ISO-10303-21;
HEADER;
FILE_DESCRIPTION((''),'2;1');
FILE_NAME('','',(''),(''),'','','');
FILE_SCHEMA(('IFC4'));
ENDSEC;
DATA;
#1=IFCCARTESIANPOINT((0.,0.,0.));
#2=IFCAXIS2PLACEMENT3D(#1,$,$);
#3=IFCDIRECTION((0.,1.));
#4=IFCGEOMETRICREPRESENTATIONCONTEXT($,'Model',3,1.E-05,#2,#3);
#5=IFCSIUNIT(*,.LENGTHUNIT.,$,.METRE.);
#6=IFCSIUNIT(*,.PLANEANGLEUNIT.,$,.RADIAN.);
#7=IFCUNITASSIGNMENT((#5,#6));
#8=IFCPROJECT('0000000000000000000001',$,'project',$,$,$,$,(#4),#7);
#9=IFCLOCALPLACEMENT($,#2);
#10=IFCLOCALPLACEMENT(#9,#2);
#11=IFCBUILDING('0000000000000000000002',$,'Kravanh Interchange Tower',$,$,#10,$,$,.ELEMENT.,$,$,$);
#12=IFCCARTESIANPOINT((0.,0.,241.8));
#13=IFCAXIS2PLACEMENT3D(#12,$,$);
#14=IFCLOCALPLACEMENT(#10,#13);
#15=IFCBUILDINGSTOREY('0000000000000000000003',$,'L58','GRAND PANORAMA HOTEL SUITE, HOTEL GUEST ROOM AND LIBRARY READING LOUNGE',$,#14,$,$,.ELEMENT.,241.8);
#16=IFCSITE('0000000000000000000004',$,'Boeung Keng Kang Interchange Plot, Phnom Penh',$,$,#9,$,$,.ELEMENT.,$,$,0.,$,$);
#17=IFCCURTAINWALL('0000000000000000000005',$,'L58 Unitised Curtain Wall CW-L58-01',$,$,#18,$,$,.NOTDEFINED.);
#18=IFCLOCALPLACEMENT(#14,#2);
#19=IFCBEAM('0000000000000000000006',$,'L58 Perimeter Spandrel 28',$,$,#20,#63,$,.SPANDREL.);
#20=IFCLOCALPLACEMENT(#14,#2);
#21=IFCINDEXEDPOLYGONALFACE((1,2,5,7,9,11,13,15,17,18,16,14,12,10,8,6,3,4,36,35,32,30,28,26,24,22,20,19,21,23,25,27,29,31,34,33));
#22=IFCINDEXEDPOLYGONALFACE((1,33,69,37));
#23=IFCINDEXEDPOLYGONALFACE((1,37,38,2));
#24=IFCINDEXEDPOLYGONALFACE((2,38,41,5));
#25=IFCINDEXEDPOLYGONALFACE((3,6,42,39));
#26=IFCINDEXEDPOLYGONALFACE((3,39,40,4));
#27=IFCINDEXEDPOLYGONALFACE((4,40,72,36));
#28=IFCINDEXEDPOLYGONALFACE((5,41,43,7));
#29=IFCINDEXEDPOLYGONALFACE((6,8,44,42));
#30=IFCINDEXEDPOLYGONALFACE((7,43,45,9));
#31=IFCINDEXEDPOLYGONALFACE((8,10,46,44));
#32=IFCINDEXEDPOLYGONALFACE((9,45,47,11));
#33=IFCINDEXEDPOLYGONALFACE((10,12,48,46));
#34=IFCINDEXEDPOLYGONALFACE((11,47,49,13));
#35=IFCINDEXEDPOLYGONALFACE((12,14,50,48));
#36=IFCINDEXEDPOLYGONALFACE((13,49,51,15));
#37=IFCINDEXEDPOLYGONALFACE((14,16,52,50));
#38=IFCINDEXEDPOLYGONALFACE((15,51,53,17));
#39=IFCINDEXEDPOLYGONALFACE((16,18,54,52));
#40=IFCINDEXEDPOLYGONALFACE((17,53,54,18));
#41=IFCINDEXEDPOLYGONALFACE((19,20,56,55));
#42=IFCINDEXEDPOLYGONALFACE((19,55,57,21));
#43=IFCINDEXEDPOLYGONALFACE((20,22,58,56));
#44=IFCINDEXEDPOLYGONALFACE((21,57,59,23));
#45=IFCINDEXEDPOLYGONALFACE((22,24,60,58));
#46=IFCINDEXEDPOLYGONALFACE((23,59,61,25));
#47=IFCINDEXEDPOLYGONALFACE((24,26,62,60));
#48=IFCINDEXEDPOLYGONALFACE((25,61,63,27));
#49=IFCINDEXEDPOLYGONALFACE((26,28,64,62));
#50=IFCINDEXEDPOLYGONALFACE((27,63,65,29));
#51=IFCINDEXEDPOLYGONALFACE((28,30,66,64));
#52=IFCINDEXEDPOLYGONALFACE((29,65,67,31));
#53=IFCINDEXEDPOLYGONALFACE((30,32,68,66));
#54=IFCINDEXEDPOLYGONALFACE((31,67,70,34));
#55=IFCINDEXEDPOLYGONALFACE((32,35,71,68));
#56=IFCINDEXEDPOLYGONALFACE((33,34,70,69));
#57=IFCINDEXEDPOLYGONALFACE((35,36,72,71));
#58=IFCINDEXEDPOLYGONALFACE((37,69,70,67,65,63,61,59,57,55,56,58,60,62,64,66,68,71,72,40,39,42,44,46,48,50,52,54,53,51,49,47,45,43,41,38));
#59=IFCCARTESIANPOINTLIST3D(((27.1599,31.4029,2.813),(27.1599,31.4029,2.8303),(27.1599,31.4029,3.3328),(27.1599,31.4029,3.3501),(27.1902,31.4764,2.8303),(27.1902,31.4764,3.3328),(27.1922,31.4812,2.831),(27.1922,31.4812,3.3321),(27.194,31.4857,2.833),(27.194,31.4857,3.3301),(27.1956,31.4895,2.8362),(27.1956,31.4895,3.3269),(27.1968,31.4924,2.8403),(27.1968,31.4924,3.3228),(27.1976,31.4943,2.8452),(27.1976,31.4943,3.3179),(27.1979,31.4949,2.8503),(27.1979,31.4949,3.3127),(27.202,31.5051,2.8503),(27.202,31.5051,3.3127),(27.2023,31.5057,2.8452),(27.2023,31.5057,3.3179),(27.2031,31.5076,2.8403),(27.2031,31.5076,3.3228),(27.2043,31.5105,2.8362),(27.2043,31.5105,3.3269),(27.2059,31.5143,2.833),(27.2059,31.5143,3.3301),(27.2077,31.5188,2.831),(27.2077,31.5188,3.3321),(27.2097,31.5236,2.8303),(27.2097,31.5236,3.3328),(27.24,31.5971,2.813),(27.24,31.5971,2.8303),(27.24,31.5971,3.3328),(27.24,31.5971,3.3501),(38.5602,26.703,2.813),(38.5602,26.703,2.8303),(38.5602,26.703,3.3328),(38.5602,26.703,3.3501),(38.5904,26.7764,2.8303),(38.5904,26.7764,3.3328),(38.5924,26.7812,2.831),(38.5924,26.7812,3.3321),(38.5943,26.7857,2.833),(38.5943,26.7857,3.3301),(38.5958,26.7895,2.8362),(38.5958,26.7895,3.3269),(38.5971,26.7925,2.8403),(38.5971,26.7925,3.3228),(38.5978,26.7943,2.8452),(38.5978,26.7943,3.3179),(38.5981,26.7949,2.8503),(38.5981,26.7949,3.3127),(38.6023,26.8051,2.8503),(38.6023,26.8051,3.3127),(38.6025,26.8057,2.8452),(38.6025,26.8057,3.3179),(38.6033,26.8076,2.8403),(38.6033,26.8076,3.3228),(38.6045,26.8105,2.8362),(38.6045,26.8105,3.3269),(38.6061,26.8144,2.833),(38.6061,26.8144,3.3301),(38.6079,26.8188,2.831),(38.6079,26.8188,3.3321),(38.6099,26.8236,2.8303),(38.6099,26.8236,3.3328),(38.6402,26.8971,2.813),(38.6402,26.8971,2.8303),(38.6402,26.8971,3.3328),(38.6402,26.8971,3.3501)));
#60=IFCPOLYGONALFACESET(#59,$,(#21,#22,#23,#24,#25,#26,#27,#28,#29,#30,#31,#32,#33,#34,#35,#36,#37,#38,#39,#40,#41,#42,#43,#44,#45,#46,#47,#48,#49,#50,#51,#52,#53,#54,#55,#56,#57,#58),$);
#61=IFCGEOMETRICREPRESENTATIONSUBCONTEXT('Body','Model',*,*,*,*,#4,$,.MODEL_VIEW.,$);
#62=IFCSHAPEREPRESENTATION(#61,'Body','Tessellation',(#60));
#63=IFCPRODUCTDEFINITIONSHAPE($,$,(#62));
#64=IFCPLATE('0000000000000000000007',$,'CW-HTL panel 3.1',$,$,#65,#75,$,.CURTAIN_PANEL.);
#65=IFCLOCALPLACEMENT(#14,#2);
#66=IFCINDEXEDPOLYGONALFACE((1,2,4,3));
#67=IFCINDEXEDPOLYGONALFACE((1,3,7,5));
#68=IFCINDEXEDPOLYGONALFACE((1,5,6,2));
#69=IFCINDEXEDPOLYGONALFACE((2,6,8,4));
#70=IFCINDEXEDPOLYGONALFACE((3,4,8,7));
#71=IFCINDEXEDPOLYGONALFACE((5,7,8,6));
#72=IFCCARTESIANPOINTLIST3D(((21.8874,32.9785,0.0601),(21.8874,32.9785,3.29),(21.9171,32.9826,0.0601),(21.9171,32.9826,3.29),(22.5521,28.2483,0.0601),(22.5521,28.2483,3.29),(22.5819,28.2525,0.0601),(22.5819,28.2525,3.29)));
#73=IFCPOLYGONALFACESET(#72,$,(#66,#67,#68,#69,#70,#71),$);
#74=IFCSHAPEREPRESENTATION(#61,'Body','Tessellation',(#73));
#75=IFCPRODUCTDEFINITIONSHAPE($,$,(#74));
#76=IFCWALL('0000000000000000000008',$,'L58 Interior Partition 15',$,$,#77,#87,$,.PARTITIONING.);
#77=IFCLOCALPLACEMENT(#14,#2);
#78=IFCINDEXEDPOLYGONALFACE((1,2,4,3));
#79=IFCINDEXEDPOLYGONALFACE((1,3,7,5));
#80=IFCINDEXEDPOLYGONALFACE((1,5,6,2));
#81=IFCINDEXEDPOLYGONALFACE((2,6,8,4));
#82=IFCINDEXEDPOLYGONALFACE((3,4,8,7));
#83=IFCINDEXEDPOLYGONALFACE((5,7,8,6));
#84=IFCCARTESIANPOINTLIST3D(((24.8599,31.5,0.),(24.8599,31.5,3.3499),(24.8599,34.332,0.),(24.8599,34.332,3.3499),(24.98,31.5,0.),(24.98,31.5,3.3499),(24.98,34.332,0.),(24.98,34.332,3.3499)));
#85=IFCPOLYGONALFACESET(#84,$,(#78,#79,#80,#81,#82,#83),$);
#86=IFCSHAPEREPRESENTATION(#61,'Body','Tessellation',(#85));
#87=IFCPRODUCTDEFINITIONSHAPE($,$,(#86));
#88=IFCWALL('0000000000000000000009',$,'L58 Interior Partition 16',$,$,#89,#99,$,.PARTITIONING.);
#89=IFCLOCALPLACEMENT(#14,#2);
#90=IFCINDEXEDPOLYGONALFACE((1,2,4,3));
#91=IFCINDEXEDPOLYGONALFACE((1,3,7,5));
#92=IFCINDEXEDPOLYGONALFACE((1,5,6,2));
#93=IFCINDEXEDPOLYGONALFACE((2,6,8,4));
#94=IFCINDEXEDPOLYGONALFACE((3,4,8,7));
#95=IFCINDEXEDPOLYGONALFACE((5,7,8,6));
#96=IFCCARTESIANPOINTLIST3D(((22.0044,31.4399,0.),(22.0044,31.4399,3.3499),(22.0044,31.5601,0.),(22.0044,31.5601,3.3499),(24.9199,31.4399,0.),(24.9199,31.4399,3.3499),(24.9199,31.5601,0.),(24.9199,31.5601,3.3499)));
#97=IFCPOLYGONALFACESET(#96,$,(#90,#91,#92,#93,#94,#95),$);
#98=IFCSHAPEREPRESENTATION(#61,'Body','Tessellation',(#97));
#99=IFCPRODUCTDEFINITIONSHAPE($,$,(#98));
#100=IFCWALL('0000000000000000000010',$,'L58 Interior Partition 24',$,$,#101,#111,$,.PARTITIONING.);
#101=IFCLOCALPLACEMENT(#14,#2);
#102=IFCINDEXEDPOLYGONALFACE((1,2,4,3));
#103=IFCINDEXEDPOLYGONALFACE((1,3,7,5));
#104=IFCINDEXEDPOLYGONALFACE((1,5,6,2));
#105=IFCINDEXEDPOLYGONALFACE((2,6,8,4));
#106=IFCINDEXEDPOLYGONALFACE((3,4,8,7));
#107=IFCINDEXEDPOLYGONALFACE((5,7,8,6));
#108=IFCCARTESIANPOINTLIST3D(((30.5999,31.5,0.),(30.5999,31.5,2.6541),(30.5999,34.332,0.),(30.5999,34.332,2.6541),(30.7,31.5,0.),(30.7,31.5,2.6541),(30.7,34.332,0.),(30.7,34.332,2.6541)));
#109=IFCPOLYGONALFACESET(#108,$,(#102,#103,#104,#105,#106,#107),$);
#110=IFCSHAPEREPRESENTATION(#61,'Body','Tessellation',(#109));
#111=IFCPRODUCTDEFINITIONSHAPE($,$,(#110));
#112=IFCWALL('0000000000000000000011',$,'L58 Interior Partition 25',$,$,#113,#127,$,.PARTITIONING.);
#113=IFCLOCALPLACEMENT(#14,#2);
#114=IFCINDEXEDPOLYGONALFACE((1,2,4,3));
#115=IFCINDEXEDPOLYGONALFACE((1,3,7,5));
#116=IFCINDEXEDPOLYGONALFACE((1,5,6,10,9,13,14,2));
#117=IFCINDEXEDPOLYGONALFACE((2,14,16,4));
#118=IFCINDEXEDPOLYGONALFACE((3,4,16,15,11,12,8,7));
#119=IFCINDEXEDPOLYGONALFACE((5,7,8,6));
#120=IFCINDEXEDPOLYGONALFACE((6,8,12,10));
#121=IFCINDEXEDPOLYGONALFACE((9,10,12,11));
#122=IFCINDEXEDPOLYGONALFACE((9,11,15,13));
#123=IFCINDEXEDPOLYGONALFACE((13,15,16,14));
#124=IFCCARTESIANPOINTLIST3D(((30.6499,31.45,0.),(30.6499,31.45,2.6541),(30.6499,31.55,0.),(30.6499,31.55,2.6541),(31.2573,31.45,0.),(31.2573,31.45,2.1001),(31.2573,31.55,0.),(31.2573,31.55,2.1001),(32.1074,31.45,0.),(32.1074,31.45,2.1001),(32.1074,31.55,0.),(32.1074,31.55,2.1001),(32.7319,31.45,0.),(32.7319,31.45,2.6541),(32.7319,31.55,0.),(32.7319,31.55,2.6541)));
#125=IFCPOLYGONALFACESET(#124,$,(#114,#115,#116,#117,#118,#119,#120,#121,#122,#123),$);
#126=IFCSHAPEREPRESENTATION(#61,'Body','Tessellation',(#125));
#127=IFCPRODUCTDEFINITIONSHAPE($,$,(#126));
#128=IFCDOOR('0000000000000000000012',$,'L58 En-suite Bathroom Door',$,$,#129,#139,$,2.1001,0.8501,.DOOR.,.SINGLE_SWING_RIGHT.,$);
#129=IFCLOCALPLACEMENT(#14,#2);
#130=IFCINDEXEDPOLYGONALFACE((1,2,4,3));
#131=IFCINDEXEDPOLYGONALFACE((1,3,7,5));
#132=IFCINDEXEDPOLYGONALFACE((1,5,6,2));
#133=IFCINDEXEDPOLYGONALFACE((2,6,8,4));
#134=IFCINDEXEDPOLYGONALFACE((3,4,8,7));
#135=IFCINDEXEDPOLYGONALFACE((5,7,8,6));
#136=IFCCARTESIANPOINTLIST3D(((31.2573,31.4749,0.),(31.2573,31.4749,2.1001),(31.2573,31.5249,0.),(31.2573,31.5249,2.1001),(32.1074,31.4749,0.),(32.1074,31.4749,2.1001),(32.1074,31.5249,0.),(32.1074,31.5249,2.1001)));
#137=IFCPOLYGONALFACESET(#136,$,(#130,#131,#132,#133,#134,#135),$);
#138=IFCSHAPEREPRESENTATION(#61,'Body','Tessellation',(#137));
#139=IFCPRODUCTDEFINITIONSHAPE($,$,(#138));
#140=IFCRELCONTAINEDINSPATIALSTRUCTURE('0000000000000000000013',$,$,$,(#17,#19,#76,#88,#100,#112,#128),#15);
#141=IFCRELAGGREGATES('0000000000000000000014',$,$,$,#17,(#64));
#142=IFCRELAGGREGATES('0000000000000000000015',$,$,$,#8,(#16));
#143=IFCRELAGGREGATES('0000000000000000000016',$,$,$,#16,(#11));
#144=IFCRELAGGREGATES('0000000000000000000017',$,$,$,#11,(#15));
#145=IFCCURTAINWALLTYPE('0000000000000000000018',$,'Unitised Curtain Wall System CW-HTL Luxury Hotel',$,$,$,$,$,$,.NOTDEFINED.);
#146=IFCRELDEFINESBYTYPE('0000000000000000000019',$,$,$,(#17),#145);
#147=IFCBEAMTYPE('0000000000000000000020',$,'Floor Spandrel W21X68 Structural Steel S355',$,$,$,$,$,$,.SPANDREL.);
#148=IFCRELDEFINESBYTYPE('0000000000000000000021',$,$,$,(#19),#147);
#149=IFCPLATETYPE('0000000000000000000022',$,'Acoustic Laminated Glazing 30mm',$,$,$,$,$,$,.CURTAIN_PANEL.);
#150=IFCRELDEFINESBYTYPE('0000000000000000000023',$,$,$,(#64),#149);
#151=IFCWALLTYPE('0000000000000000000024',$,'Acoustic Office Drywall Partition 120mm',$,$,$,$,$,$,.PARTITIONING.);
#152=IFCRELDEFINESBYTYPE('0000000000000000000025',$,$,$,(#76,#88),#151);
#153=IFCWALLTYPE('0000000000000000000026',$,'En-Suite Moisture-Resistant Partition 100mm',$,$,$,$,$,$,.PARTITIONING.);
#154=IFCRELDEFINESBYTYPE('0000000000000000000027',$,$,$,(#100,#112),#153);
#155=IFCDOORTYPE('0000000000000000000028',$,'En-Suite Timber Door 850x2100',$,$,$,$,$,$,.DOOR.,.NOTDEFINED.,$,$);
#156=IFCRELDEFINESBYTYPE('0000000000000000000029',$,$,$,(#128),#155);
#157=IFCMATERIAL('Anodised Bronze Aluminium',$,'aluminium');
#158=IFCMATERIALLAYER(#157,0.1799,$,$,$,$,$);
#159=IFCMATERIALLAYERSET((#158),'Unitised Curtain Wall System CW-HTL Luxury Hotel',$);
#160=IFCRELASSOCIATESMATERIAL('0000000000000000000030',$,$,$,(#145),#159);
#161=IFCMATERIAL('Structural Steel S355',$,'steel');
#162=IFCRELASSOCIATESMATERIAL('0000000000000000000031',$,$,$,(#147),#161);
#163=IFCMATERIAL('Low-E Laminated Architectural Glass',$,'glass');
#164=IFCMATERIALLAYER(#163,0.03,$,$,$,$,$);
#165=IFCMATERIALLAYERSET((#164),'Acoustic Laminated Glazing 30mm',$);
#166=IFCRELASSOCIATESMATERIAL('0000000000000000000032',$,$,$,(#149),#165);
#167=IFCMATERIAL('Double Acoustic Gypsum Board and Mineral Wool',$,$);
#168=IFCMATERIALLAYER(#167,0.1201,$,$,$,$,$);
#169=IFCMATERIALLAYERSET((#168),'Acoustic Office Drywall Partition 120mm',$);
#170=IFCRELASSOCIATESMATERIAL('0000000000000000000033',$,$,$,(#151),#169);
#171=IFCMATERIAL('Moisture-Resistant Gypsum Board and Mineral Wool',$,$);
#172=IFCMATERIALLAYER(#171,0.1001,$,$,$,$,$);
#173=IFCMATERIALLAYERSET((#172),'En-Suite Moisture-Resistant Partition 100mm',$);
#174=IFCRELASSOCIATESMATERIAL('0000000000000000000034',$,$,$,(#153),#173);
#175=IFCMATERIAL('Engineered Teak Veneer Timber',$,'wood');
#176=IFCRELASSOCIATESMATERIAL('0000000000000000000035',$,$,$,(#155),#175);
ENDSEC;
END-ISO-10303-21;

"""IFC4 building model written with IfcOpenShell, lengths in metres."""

from ifc_helpers import new_model, si_unit, direction, frame, frame_2d, origin, origin_2d, place, context, subcontext, project, spatial, rectangle, i_section, extrude, material, layer, layer_set, material_profile, profile_set, type_object, element, fill, aggregate, save


model = new_model("IFC4")

# Units and contexts
model_context = context("Model", 3, precision=1e-05, world=origin(), true_north=direction((0.0, 1.0)))
body_context = subcontext(model_context, "Body", "Model", "MODEL_VIEW")
ifc_project = project(units=[si_unit("LENGTHUNIT", "METRE"), si_unit("PLANEANGLEUNIT", "RADIAN")], contexts=[model_context])

# Site, building, storey
site_placement = place(None, origin())
site = spatial("IfcSite", under=ifc_project, at=site_placement, Name="Boeung Keng Kang Interchange Plot, Phnom Penh", CompositionType="ELEMENT", RefElevation=0.0)
building_placement = place(site_placement, origin())
building = spatial("IfcBuilding", under=site, at=building_placement, Name="Kravanh Interchange Tower", CompositionType="ELEMENT")
storey_placement = place(building_placement, frame((0.0, 0.0, 241.8)))
storey = spatial("IfcBuildingStorey", under=building, at=storey_placement, Name="L58", Description="GRAND PANORAMA HOTEL SUITE, HOTEL GUEST ROOM AND LIBRARY READING LOUNGE", CompositionType="ELEMENT", Elevation=241.8)

# Curtain wall
ifc_material_1 = material(Name="Anodised Bronze Aluminium", Category="aluminium")
ifc_layer_1 = layer(ifc_material_1, 0.1799)
ifc_layer_set_1 = layer_set([ifc_layer_1], Name="Unitised Curtain Wall System CW-HTL Luxury Hotel")
curtain_wall_type = type_object("IfcCurtainWallType", Name="Unitised Curtain Wall System CW-HTL Luxury Hotel", PredefinedType="NOTDEFINED", material=ifc_layer_set_1)
curtain_wall_placement = place(storey_placement, origin())
curtain_wall = element("IfcCurtainWall", 1, at=curtain_wall_placement, inside=storey, type_object=curtain_wall_type, Name="L58 Unitised Curtain Wall CW-L58-01", PredefinedType="NOTDEFINED")

# Beam
ifc_material_2 = material(Name="Structural Steel S355", Category="steel")
ifc_material_profile_1 = material_profile(ifc_material_2, i_section(OverallWidth=0.21, OverallDepth=0.5371, WebThickness=0.011, FlangeThickness=0.0173, FilletRadius=0.02, at=origin_2d()), Name="W21X68")
ifc_profile_set_1 = profile_set([ifc_material_profile_1], Name="Structural Steel S355")
beam_type_1 = type_object("IfcBeamType", Name="Floor Spandrel W21X68 Structural Steel S355", PredefinedType="SPANDREL", material=ifc_profile_set_1)
beam_1_placement = place(storey_placement, frame((27.2, 31.5, 3.0815), z_axis=(0.924513, -0.38115, 0.0), x_axis=(0.38115, 0.924513, 0.0)))
element("IfcBeam", 2, at=beam_1_placement, inside=storey, type_object=beam_type_1, Name="L58 Perimeter Spandrel 28", PredefinedType="SPANDREL", context=body_context, shape_type="SweptSolid", body=[
    extrude(i_section(OverallWidth=0.21, OverallDepth=0.5371, WebThickness=0.011, FlangeThickness=0.0173, FilletRadius=0.02, at=origin_2d()), origin(), (0.0, 0.0, 1.0), 12.3311),
])

# Plate
ifc_material_3 = material(Name="Low-E Laminated Architectural Glass", Category="glass")
ifc_layer_2 = layer(ifc_material_3, 0.03)
ifc_layer_set_2 = layer_set([ifc_layer_2], Name="Acoustic Laminated Glazing 30mm")
plate_type = type_object("IfcPlateType", Name="Acoustic Laminated Glazing 30mm", PredefinedType="CURTAIN_PANEL", material=ifc_layer_set_2)
plate_placement = place(storey_placement, frame((22.2346, 30.6155, 0.0601), z_axis=(0.0, 0.0, 1.0), x_axis=(-0.139176, 0.990268, 0.0)))
plate = element("IfcPlate", 3, at=plate_placement, type_object=plate_type, Name="CW-HTL panel 3.1", PredefinedType="CURTAIN_PANEL", context=body_context, shape_type="SweptSolid", body=[
    extrude(rectangle(XDim=4.7766, YDim=0.03, at=origin_2d()), origin(), (0.0, 0.0, 1.0), 3.23),
])
aggregate(curtain_wall, [plate])

# Walls
ifc_material_4 = material(Name="Double Acoustic Gypsum Board and Mineral Wool")
ifc_layer_3 = layer(ifc_material_4, 0.1201)
ifc_layer_set_3 = layer_set([ifc_layer_3], Name="Acoustic Office Drywall Partition 120mm")
wall_type_1 = type_object("IfcWallType", Name="Acoustic Office Drywall Partition 120mm", PredefinedType="PARTITIONING", material=ifc_layer_set_3)
wall_1_placement = place(storey_placement, frame((24.9199, 31.5, 0.0), z_axis=(0.0, 0.0, 1.0), x_axis=(0.0, 1.0, 0.0)))
element("IfcWall", 4, at=wall_1_placement, inside=storey, type_object=wall_type_1, Name="L58 Interior Partition 15", PredefinedType="PARTITIONING", context=body_context, shape_type="SweptSolid", body=[
    extrude(rectangle(XDim=2.832, YDim=0.1201, at=frame_2d((1.416, 0.0))), origin(), (0.0, 0.0, 1.0), 3.3499),
])
wall_2_placement = place(storey_placement, frame((22.0044, 31.5, 0.0), z_axis=(0.0, 0.0, 1.0), x_axis=(1.0, 0.0, 0.0)))
element("IfcWall", 5, at=wall_2_placement, inside=storey, type_object=wall_type_1, Name="L58 Interior Partition 16", PredefinedType="PARTITIONING", context=body_context, shape_type="SweptSolid", body=[
    extrude(rectangle(XDim=2.9155, YDim=0.1201, at=frame_2d((1.4578, 0.0))), origin(), (0.0, 0.0, 1.0), 3.3499),
])
ifc_material_5 = material(Name="Moisture-Resistant Gypsum Board and Mineral Wool")
ifc_layer_4 = layer(ifc_material_5, 0.1001)
ifc_layer_set_4 = layer_set([ifc_layer_4], Name="En-Suite Moisture-Resistant Partition 100mm")
wall_type_2 = type_object("IfcWallType", Name="En-Suite Moisture-Resistant Partition 100mm", PredefinedType="PARTITIONING", material=ifc_layer_set_4)
wall_3_placement = place(storey_placement, frame((30.6499, 31.5, 0.0), z_axis=(0.0, 0.0, 1.0), x_axis=(0.0, 1.0, 0.0)))
element("IfcWall", 6, at=wall_3_placement, inside=storey, type_object=wall_type_2, Name="L58 Interior Partition 24", PredefinedType="PARTITIONING", context=body_context, shape_type="SweptSolid", body=[
    extrude(rectangle(XDim=2.832, YDim=0.1001, at=frame_2d((1.416, 0.0))), origin(), (0.0, 0.0, 1.0), 2.6541),
])

# Wall, opening, door
wall_4_placement = place(storey_placement, frame((30.6499, 31.5, 0.0), z_axis=(0.0, 0.0, 1.0), x_axis=(1.0, 0.0, 0.0)))
wall_4 = element("IfcWall", 7, at=wall_4_placement, inside=storey, type_object=wall_type_2, Name="L58 Interior Partition 25", PredefinedType="PARTITIONING", context=body_context, shape_type="SweptSolid", body=[
    extrude(rectangle(XDim=2.082, YDim=0.1001, at=frame_2d((1.041, 0.0))), origin(), (0.0, 0.0, 1.0), 2.6541),
])
opening_placement = place(wall_4_placement, frame((0.6074, 0.0, 0.0)))
opening = element("IfcOpeningElement", 8, at=opening_placement, cuts=wall_4, PredefinedType="OPENING", context=body_context, shape_type="SweptSolid", body=[
    extrude(rectangle(XDim=0.8501, YDim=2.1001, at=frame_2d((0.425, 1.05))), frame((0.0, 0.0601, 0.0), z_axis=(0.0, -1.0, 0.0), x_axis=(1.0, 0.0, 0.0)), (0.0, 0.0, 1.0), 0.1201),
])
ifc_material_6 = material(Name="Engineered Teak Veneer Timber", Category="wood")
door_type = type_object("IfcDoorType", Name="En-Suite Timber Door 850x2100", OperationType="NOTDEFINED", PredefinedType="DOOR", material=ifc_material_6)
door_placement = place(opening_placement, origin())
door = element("IfcDoor", 9, at=door_placement, inside=storey, type_object=door_type, Name="L58 En-suite Bathroom Door", OperationType="SINGLE_SWING_RIGHT", OverallHeight=2.1001, OverallWidth=0.8501, PredefinedType="DOOR", context=body_context, shape_type="SweptSolid", body=[
    extrude(rectangle(XDim=0.8501, YDim=2.1001, at=frame_2d((0.425, 1.05))), frame((0.0, 0.0249, 0.0), z_axis=(0.0, -1.0, 0.0), x_axis=(1.0, 0.0, 0.0)), (0.0, 0.0, 1.0), 0.05),
])
fill(opening, door)

save(model, "model.ifc")
